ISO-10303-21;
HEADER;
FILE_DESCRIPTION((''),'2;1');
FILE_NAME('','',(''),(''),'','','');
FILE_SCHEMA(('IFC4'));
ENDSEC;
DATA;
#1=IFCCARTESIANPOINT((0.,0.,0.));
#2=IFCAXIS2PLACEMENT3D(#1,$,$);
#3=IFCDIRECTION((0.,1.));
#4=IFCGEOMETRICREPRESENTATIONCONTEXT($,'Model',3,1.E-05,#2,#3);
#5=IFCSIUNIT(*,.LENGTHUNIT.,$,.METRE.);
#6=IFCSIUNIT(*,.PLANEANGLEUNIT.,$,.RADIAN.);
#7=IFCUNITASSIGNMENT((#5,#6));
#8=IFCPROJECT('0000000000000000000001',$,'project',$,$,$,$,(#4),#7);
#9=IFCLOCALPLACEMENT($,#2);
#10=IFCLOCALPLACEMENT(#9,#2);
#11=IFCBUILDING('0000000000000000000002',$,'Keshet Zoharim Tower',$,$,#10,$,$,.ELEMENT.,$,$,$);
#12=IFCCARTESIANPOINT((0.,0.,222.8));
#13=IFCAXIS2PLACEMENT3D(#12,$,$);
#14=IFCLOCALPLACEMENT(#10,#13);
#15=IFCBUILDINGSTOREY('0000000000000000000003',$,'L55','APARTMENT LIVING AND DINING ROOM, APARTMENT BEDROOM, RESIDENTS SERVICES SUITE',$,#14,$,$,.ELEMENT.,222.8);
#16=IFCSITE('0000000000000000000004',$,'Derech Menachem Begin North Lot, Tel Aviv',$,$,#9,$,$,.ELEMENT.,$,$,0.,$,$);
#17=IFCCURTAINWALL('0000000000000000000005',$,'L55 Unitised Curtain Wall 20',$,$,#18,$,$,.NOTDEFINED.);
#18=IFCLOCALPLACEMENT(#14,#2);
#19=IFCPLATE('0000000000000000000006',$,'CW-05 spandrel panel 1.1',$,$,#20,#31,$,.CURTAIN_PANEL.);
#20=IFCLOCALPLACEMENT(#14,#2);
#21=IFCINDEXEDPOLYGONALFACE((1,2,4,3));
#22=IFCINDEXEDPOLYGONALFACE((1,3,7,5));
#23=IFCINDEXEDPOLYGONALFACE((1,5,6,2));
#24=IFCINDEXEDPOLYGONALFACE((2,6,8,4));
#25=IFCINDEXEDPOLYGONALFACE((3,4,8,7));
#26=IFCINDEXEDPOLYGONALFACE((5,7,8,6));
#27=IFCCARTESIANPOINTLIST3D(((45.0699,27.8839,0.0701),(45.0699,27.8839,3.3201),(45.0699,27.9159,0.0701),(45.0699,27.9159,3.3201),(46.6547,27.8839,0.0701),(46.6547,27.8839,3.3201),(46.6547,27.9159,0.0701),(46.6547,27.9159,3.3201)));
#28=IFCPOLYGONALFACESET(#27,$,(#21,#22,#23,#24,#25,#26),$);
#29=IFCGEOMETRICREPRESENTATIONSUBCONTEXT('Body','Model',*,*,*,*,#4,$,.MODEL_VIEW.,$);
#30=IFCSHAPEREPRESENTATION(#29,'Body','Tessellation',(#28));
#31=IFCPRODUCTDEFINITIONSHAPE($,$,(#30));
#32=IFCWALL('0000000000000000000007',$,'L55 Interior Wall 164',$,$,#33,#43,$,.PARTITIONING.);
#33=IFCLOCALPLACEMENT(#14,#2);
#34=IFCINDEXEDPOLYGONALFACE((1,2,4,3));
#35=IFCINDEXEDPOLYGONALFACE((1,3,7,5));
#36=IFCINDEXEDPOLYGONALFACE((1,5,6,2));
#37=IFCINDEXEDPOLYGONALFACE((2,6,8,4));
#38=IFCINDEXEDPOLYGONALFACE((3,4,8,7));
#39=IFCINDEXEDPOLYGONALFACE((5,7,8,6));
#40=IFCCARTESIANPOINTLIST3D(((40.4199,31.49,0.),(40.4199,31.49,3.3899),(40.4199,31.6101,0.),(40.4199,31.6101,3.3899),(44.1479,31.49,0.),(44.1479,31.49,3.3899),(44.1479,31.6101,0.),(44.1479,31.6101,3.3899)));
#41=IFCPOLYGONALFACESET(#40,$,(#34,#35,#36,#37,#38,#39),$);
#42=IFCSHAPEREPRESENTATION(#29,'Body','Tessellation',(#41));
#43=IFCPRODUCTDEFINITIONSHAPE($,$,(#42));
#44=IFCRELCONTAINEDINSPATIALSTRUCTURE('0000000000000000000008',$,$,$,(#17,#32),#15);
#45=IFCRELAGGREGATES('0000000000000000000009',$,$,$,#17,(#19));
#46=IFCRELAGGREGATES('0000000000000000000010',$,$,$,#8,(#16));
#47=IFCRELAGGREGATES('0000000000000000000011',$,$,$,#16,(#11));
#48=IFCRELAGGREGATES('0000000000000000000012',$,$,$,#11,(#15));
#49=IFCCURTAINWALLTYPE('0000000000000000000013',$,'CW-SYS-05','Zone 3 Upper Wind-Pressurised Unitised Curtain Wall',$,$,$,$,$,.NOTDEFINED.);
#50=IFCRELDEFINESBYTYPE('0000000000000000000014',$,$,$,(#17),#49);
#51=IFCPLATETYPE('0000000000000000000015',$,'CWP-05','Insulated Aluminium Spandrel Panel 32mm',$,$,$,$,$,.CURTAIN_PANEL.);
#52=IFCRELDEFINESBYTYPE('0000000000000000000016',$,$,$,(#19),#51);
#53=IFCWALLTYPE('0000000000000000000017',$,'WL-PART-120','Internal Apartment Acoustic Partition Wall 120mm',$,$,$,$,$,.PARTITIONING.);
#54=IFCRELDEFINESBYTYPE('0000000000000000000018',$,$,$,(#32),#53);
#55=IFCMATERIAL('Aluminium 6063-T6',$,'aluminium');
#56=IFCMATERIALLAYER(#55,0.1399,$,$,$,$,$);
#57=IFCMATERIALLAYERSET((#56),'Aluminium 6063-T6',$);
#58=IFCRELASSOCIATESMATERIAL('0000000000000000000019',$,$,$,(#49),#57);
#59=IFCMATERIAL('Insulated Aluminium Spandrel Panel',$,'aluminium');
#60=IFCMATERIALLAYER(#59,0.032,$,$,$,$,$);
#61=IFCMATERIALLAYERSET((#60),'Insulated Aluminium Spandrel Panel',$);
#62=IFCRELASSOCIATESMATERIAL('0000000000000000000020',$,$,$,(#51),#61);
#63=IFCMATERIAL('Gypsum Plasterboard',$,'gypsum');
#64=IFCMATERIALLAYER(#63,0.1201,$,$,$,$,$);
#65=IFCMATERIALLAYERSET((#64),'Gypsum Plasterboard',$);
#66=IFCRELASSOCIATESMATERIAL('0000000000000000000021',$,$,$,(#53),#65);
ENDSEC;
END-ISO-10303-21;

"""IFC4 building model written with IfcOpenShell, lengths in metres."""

from ifc_helpers import new_model, si_unit, direction, frame, frame_2d, origin, origin_2d, place, context, subcontext, project, spatial, rectangle, extrude, material, layer, layer_set, type_object, element, aggregate, save


model = new_model("IFC4")

# Units and contexts
model_context = context("Model", 3, precision=1e-05, world=origin(), true_north=direction((0.0, 1.0)))
body_context = subcontext(model_context, "Body", "Model", "MODEL_VIEW")
ifc_project = project(units=[si_unit("LENGTHUNIT", "METRE"), si_unit("PLANEANGLEUNIT", "RADIAN")], contexts=[model_context])

# Site, building, storey
site_placement = place(None, origin())
site = spatial("IfcSite", under=ifc_project, at=site_placement, Name="Derech Menachem Begin North Lot, Tel Aviv", CompositionType="ELEMENT", RefElevation=0.0)
building_placement = place(site_placement, origin())
building = spatial("IfcBuilding", under=site, at=building_placement, Name="Keshet Zoharim Tower", CompositionType="ELEMENT")
storey_placement = place(building_placement, frame((0.0, 0.0, 222.8)))
storey = spatial("IfcBuildingStorey", under=building, at=storey_placement, Name="L55", Description="APARTMENT LIVING AND DINING ROOM, APARTMENT BEDROOM, RESIDENTS SERVICES SUITE", CompositionType="ELEMENT", Elevation=222.8)

# Shared definitions
ifc_material_1 = material(Name="Aluminium 6063-T6", Category="aluminium")
ifc_layer_1 = layer(ifc_material_1, 0.1399)
ifc_layer_set_1 = layer_set([ifc_layer_1], Name="Aluminium 6063-T6")
curtain_wall_type = type_object("IfcCurtainWallType", Name="CW-SYS-05", Description="Zone 3 Upper Wind-Pressurised Unitised Curtain Wall", PredefinedType="NOTDEFINED", material=ifc_layer_set_1)

# Curtain wall
curtain_wall_1_placement = place(storey_placement, origin())
curtain_wall_1 = element("IfcCurtainWall", 1, at=curtain_wall_1_placement, inside=storey, type_object=curtain_wall_type, Name="L55 Unitised Curtain Wall 20", PredefinedType="NOTDEFINED")

# Plate
ifc_material_2 = material(Name="Insulated Aluminium Spandrel Panel", Category="aluminium")
ifc_layer_2 = layer(ifc_material_2, 0.032)
ifc_layer_set_2 = layer_set([ifc_layer_2], Name="Insulated Aluminium Spandrel Panel")
plate_type_1 = type_object("IfcPlateType", Name="CWP-05", Description="Insulated Aluminium Spandrel Panel 32mm", PredefinedType="CURTAIN_PANEL", material=ifc_layer_set_2)
plate_1_placement = place(storey_placement, frame((45.8623, 27.8999, 0.0701), z_axis=(0.0, 0.0, 1.0), x_axis=(1.0, 0.0, 0.0)))
plate_1 = element("IfcPlate", 2, at=plate_1_placement, type_object=plate_type_1, Name="CW-05 spandrel panel 1.1", PredefinedType="CURTAIN_PANEL", context=body_context, shape_type="SweptSolid", body=[
    extrude(rectangle(XDim=1.5847, YDim=0.032, at=origin_2d()), origin(), (0.0, 0.0, 1.0), 3.25),
])
aggregate(curtain_wall_1, [plate_1])

# Wall
ifc_material_3 = material(Name="Gypsum Plasterboard", Category="gypsum")
ifc_layer_3 = layer(ifc_material_3, 0.1201)
ifc_layer_set_3 = layer_set([ifc_layer_3], Name="Gypsum Plasterboard")
wall_type_1 = type_object("IfcWallType", Name="WL-PART-120", Description="Internal Apartment Acoustic Partition Wall 120mm", PredefinedType="PARTITIONING", material=ifc_layer_set_3)
wall_1_placement = place(storey_placement, frame((40.4199, 31.55, 0.0), z_axis=(0.0, 0.0, 1.0), x_axis=(1.0, 0.0, 0.0)))
element("IfcWall", 3, at=wall_1_placement, inside=storey, type_object=wall_type_1, Name="L55 Interior Wall 164", PredefinedType="PARTITIONING", context=body_context, shape_type="SweptSolid", body=[
    extrude(rectangle(XDim=3.728, YDim=0.1201, at=frame_2d((1.864, 0.0))), origin(), (0.0, 0.0, 1.0), 3.3899),
])

save(model, "model.ifc")
